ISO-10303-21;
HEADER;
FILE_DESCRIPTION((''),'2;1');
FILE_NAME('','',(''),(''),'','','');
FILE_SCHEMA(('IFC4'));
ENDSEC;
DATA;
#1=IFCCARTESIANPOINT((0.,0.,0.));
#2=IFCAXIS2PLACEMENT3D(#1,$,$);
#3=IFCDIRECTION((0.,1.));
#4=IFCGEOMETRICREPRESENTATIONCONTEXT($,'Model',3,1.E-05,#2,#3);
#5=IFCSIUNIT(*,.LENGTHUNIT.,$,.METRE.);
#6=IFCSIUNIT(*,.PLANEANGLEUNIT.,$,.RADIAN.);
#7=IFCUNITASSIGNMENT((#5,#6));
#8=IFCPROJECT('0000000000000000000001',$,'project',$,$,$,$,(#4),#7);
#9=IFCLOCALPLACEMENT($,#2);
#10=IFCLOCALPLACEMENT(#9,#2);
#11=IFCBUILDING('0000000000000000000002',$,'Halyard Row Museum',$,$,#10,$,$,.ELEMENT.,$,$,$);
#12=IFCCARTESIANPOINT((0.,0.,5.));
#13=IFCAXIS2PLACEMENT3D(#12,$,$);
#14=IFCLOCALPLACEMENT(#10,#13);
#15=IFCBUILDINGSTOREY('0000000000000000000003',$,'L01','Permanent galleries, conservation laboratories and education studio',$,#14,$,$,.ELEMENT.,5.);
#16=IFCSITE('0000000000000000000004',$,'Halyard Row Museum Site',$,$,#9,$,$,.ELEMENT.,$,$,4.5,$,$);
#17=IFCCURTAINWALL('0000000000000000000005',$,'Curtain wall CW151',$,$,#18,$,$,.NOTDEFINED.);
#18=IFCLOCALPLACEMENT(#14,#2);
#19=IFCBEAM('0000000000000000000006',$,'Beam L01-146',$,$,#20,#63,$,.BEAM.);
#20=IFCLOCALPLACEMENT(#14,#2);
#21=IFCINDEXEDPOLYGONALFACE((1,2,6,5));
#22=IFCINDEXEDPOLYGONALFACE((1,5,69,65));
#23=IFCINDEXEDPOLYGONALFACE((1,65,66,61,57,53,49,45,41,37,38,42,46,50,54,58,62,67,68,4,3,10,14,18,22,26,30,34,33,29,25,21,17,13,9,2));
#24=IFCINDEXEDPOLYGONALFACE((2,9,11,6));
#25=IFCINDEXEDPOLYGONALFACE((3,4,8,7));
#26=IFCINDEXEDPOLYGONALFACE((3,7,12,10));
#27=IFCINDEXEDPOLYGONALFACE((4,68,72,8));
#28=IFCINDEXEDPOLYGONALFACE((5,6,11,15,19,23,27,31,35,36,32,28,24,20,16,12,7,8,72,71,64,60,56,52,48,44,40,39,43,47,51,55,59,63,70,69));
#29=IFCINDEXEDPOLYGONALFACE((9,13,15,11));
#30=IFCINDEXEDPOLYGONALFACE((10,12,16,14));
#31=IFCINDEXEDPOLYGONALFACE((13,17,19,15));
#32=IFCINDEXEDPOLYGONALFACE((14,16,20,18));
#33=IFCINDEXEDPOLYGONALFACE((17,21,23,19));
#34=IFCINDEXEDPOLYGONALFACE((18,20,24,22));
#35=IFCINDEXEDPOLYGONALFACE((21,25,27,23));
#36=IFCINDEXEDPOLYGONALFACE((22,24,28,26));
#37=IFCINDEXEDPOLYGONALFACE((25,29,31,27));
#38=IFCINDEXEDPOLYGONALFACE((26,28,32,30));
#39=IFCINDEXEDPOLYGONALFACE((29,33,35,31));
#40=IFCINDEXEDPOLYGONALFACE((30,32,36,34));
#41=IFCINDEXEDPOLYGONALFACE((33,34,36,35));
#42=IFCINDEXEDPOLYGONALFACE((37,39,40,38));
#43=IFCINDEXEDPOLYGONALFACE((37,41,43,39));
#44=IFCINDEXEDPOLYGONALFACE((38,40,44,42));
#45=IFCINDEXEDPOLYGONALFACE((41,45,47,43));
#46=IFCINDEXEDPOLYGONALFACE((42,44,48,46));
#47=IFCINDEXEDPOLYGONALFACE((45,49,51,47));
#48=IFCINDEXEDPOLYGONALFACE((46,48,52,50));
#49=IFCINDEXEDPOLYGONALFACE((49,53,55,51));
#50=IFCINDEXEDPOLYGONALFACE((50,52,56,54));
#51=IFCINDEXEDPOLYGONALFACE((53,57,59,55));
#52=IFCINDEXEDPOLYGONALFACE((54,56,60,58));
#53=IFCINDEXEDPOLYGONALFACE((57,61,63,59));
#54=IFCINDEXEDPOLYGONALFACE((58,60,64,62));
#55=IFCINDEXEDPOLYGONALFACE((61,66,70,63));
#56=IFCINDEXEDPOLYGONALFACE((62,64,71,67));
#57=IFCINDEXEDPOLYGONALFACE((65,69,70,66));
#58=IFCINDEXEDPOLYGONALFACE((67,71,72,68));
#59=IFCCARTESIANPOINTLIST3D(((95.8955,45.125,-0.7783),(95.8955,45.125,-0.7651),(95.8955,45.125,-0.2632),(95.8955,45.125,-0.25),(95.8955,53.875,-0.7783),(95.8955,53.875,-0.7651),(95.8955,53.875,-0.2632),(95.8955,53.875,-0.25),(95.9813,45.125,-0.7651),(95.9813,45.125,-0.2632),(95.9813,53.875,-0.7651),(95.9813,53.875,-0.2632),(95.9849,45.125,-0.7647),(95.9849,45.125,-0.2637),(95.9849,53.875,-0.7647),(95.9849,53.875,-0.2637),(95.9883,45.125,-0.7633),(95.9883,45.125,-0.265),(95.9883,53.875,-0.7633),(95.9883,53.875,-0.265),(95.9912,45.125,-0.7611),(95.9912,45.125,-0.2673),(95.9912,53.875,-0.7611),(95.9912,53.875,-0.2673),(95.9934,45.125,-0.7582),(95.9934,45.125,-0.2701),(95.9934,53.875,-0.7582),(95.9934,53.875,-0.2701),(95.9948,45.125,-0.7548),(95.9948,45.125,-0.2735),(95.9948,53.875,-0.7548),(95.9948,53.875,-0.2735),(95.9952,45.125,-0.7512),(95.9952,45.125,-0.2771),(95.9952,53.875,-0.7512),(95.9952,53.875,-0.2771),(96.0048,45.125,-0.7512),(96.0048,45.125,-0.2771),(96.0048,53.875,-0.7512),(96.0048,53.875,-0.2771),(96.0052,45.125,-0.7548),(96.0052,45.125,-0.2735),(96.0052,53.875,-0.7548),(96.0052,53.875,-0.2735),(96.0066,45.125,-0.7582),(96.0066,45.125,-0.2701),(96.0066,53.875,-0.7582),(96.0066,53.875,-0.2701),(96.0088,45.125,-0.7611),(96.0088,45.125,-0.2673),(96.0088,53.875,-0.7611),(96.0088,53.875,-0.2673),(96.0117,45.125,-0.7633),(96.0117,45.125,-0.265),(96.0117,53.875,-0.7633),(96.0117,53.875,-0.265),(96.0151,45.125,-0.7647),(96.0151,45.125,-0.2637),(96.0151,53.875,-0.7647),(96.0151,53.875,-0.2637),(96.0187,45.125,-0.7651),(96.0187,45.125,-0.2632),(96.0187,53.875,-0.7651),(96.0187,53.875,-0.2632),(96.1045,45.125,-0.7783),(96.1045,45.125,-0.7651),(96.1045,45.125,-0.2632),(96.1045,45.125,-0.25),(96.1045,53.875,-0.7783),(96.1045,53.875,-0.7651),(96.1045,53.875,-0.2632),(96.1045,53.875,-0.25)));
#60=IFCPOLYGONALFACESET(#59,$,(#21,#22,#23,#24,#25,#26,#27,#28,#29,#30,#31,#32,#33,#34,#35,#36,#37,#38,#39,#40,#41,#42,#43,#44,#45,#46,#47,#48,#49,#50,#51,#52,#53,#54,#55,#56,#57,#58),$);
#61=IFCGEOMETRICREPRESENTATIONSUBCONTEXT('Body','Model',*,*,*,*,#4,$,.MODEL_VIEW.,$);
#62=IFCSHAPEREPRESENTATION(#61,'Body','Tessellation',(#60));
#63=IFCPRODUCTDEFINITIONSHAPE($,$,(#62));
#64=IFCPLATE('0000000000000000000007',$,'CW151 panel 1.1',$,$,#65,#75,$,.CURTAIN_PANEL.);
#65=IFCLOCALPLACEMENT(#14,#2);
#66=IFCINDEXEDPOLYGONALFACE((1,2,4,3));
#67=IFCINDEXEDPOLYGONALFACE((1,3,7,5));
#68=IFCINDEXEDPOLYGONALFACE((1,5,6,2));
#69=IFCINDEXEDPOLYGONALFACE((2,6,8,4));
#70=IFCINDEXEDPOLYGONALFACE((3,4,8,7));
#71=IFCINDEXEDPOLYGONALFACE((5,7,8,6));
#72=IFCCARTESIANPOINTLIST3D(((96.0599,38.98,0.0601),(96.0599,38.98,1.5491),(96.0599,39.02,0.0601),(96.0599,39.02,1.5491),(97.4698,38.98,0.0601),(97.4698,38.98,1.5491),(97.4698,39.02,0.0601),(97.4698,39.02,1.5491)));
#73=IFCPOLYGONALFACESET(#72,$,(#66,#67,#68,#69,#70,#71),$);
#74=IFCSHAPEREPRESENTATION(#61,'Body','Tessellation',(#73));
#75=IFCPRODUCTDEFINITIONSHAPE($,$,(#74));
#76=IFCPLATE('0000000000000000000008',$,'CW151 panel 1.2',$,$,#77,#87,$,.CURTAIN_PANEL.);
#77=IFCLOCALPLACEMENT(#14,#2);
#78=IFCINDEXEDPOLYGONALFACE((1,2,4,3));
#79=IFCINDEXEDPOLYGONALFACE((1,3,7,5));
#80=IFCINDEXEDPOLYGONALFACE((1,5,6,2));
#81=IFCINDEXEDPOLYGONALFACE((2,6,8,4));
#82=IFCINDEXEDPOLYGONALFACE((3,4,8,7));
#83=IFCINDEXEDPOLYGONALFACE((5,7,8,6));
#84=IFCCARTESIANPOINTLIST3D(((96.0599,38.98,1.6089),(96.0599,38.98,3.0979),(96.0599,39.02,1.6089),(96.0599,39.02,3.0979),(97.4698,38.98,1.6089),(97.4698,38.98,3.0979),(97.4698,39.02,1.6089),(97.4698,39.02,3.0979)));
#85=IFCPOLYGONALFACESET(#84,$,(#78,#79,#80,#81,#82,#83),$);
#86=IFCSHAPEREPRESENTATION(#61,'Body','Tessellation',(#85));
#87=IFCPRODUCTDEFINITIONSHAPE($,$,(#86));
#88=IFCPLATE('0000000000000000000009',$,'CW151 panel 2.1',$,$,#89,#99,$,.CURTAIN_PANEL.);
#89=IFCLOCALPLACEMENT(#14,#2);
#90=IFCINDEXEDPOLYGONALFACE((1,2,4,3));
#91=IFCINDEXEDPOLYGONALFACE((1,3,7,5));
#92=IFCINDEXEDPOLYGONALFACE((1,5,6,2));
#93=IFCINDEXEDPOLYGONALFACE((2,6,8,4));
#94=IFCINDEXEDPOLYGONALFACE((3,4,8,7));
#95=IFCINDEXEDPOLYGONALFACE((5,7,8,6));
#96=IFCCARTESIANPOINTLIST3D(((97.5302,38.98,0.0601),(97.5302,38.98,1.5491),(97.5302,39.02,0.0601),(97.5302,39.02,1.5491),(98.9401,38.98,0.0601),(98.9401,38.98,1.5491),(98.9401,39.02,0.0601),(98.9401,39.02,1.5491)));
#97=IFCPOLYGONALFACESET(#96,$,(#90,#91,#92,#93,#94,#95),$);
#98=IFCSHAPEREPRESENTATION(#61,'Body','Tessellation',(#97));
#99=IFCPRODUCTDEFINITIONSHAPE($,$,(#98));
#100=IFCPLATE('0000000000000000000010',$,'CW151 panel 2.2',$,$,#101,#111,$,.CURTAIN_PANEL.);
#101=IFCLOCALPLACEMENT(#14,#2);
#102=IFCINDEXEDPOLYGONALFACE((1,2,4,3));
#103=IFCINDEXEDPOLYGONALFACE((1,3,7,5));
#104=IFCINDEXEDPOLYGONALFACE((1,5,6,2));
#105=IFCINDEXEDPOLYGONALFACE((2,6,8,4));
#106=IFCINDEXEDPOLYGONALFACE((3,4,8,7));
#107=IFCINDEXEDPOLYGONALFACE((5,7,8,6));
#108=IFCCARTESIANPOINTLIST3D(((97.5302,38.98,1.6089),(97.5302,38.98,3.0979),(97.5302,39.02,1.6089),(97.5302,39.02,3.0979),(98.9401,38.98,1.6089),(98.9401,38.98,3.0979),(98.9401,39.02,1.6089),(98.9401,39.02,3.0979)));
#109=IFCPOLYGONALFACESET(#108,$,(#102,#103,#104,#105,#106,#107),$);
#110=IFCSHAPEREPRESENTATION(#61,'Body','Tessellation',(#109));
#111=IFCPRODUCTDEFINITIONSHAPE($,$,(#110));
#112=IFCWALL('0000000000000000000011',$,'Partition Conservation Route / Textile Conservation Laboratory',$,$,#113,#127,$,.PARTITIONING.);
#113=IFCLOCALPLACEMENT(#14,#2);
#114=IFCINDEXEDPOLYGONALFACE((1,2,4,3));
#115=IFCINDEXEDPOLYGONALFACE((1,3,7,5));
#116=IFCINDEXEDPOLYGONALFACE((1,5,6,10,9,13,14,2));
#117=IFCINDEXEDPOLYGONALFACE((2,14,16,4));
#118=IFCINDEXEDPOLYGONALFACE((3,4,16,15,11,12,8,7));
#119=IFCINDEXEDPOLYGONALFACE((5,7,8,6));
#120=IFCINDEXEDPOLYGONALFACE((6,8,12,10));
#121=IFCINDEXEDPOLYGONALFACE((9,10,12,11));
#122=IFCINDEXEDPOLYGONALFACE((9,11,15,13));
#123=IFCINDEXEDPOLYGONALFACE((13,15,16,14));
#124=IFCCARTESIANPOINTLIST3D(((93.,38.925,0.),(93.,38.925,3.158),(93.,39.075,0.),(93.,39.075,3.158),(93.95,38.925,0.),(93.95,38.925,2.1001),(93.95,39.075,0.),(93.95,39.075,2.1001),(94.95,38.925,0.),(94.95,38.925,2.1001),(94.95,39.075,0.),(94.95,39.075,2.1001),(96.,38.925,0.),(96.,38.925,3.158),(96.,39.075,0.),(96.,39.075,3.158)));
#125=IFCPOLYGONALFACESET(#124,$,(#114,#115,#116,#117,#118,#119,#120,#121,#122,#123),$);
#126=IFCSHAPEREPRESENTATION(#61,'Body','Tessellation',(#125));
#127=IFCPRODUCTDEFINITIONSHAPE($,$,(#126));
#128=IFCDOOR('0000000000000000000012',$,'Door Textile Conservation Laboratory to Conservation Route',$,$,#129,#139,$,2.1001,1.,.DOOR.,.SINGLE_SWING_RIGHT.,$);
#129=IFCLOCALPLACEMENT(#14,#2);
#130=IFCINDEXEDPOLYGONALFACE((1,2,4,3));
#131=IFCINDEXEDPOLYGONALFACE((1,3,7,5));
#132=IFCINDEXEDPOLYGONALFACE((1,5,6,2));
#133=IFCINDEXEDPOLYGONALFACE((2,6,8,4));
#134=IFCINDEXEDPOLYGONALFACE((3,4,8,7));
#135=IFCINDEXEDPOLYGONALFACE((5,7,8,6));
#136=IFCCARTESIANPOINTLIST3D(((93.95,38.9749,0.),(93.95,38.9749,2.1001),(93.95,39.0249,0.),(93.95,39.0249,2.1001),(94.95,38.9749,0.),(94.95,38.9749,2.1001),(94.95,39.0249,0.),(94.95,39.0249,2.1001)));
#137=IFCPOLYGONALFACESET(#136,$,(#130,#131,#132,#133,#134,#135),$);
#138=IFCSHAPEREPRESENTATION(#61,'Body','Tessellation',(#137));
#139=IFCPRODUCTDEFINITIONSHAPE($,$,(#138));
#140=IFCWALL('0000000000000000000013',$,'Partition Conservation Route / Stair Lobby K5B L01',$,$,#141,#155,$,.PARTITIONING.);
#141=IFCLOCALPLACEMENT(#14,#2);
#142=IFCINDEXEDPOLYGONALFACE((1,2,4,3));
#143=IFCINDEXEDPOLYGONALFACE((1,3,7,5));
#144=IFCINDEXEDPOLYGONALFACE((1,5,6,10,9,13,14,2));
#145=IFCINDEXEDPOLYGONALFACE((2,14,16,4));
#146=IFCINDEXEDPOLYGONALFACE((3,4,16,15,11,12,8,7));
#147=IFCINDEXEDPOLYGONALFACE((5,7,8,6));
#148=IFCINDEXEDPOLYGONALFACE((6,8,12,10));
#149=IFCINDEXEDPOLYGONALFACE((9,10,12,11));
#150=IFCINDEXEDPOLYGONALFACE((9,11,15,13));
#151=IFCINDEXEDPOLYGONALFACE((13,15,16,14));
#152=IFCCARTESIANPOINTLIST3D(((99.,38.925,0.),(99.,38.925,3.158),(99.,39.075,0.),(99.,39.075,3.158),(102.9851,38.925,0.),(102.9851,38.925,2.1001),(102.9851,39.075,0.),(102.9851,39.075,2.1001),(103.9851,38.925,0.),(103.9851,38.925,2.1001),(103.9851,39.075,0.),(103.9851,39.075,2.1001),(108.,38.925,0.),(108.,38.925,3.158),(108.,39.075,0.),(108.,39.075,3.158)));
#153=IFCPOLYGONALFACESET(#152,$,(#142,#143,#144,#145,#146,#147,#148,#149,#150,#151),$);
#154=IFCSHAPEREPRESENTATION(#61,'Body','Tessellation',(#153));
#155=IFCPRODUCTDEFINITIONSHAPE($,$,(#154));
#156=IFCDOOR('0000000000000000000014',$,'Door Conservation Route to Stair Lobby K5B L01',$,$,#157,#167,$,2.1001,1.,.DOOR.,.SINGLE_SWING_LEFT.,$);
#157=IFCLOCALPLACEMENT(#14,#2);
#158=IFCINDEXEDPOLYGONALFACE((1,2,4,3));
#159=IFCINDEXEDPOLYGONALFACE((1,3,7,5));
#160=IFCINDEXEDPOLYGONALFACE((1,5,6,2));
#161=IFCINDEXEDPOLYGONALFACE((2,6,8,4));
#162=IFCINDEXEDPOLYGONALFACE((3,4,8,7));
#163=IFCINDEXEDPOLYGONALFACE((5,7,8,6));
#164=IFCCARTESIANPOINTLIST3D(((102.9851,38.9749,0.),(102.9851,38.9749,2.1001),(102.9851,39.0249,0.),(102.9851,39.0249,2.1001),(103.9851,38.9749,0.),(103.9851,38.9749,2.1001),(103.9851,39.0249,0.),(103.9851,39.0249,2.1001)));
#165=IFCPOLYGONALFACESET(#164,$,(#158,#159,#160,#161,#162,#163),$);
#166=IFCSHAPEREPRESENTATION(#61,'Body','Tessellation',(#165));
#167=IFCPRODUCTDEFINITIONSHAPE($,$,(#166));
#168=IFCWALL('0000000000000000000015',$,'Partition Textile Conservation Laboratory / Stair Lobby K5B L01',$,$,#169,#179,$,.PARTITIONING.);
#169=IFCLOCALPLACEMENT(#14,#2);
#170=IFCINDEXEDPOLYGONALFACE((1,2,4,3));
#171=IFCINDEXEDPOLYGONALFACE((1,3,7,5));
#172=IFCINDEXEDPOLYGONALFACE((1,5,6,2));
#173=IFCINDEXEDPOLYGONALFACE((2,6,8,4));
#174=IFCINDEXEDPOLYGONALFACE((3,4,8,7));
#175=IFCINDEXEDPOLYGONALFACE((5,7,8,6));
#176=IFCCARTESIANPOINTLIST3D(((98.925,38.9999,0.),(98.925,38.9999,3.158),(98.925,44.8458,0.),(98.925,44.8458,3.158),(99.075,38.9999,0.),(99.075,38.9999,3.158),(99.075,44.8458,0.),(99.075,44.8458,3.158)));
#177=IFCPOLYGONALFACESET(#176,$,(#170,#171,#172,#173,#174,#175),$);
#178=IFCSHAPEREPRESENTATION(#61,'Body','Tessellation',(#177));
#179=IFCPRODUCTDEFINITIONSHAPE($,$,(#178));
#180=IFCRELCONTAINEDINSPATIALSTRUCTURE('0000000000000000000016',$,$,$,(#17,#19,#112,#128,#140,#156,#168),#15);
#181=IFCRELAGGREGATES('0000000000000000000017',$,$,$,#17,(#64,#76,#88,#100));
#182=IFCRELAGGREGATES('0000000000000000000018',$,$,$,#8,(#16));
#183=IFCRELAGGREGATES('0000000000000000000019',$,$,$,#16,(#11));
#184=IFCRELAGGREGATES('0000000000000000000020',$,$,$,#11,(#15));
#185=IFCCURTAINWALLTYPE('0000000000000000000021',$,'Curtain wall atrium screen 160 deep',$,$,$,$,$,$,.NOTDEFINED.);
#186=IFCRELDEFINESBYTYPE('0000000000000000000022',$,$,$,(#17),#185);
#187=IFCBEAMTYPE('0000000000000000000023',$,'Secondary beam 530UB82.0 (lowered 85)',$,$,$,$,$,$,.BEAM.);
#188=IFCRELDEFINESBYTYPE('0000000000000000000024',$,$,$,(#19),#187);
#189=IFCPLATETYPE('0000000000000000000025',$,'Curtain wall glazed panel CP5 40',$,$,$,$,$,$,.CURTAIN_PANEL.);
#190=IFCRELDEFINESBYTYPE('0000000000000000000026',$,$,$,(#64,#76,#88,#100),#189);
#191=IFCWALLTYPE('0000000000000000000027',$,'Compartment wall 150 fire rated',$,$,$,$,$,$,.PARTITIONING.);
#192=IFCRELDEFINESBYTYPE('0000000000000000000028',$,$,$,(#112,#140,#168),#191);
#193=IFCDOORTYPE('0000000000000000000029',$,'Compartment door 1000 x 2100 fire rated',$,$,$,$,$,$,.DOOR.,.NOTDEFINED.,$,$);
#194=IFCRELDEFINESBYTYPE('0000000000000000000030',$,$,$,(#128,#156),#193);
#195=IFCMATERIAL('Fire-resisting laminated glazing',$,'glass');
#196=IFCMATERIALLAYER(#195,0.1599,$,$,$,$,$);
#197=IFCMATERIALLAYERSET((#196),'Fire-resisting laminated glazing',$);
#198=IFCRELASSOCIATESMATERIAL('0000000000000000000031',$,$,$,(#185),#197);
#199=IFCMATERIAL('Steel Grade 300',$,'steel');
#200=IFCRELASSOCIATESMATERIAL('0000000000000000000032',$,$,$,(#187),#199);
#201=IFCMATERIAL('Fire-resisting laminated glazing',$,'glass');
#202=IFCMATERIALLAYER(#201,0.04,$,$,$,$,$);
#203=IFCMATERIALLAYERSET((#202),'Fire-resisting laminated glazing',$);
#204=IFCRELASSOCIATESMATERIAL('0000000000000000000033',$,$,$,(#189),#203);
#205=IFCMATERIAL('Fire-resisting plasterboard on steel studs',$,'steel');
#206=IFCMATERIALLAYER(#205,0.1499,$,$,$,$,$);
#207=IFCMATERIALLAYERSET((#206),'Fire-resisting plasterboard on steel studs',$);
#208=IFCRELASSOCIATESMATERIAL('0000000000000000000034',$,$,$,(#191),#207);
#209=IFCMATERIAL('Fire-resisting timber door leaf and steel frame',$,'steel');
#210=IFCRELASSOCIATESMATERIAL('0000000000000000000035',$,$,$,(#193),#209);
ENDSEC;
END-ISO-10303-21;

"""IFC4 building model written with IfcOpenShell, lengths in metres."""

from ifc_helpers import new_model, si_unit, direction, frame, frame_2d, origin, origin_2d, place, context, subcontext, project, spatial, rectangle, i_section, extrude, material, layer, layer_set, material_profile, profile_set, type_object, element, fill, aggregate, save


model = new_model("IFC4")

# Units and contexts
model_context = context("Model", 3, precision=1e-05, world=origin(), true_north=direction((0.0, 1.0)))
body_context = subcontext(model_context, "Body", "Model", "MODEL_VIEW")
ifc_project = project(units=[si_unit("LENGTHUNIT", "METRE"), si_unit("PLANEANGLEUNIT", "RADIAN")], contexts=[model_context])

# Site, building, storey
site_placement = place(None, origin())
site = spatial("IfcSite", under=ifc_project, at=site_placement, Name="Halyard Row Museum Site", CompositionType="ELEMENT", RefElevation=4.5)
building_placement = place(site_placement, origin())
building = spatial("IfcBuilding", under=site, at=building_placement, Name="Halyard Row Museum", CompositionType="ELEMENT")
storey_placement = place(building_placement, frame((0.0, 0.0, 5.0)))
storey = spatial("IfcBuildingStorey", under=building, at=storey_placement, Name="L01", Description="Permanent galleries, conservation laboratories and education studio", CompositionType="ELEMENT", Elevation=5.0)

# Curtain wall
ifc_material_1 = material(Name="Fire-resisting laminated glazing", Category="glass")
ifc_layer_1 = layer(ifc_material_1, 0.1599)
ifc_layer_set_1 = layer_set([ifc_layer_1], Name="Fire-resisting laminated glazing")
curtain_wall_type = type_object("IfcCurtainWallType", Name="Curtain wall atrium screen 160 deep", PredefinedType="NOTDEFINED", material=ifc_layer_set_1)
curtain_wall_1_placement = place(storey_placement, origin())
curtain_wall_1 = element("IfcCurtainWall", 1, at=curtain_wall_1_placement, inside=storey, type_object=curtain_wall_type, Name="Curtain wall CW151", PredefinedType="NOTDEFINED")

# Beam
ifc_material_2 = material(Name="Steel Grade 300", Category="steel")
ifc_material_profile_1 = material_profile(ifc_material_2, i_section(OverallWidth=0.209, OverallDepth=0.5283, WebThickness=0.0095, FlangeThickness=0.0132, FilletRadius=0.0139, at=origin_2d()), Name="530UB82.0")
ifc_profile_set_1 = profile_set([ifc_material_profile_1], Name="Steel Grade 300")
beam_type_1 = type_object("IfcBeamType", Name="Secondary beam 530UB82.0 (lowered 85)", PredefinedType="BEAM", material=ifc_profile_set_1)
for number, where, z_axis, x_axis, name in (
    (2, (96.0, 45.125, -0.5142), (0.0, 1.0, 0.0), (-1.0, 0.0, 0.0), "Beam L01-146"),
):
    element("IfcBeam", number, at=place(storey_placement, frame(where, z_axis=z_axis, x_axis=x_axis)), inside=storey, type_object=beam_type_1, Name=name, PredefinedType="BEAM", context=body_context, shape_type="SweptSolid", body=[
        extrude(i_section(OverallWidth=0.209, OverallDepth=0.5283, WebThickness=0.0095, FlangeThickness=0.0132, FilletRadius=0.0139, at=origin_2d()), origin(), (0.0, 0.0, 1.0), 8.75),
    ])

# Plates
ifc_material_3 = material(Name="Fire-resisting laminated glazing", Category="glass")
ifc_layer_2 = layer(ifc_material_3, 0.04)
ifc_layer_set_2 = layer_set([ifc_layer_2], Name="Fire-resisting laminated glazing")
plate_type = type_object("IfcPlateType", Name="Curtain wall glazed panel CP5 40", PredefinedType="CURTAIN_PANEL", material=ifc_layer_set_2)
plate_1_placement = place(storey_placement, frame((96.7649, 39.0, 0.0601), z_axis=(0.0, 0.0, 1.0), x_axis=(1.0, 0.0, 0.0)))
plate_1 = element("IfcPlate", 3, at=plate_1_placement, type_object=plate_type, Name="CW151 panel 1.1", PredefinedType="CURTAIN_PANEL", context=body_context, shape_type="SweptSolid", body=[
    extrude(rectangle(XDim=1.4099, YDim=0.04, at=origin_2d()), origin(), (0.0, 0.0, 1.0), 1.489),
])
plate_2_placement = place(storey_placement, frame((96.7649, 39.0, 1.6089), z_axis=(0.0, 0.0, 1.0), x_axis=(1.0, 0.0, 0.0)))
plate_2 = element("IfcPlate", 4, at=plate_2_placement, type_object=plate_type, Name="CW151 panel 1.2", PredefinedType="CURTAIN_PANEL", context=body_context, shape_type="SweptSolid", body=[
    extrude(rectangle(XDim=1.4099, YDim=0.04, at=origin_2d()), origin(), (0.0, 0.0, 1.0), 1.489),
])
plate_3_placement = place(storey_placement, frame((98.2351, 39.0, 0.0601), z_axis=(0.0, 0.0, 1.0), x_axis=(1.0, 0.0, 0.0)))
plate_3 = element("IfcPlate", 5, at=plate_3_placement, type_object=plate_type, Name="CW151 panel 2.1", PredefinedType="CURTAIN_PANEL", context=body_context, shape_type="SweptSolid", body=[
    extrude(rectangle(XDim=1.4099, YDim=0.04, at=origin_2d()), origin(), (0.0, 0.0, 1.0), 1.489),
])
plate_4_placement = place(storey_placement, frame((98.2351, 39.0, 1.6089), z_axis=(0.0, 0.0, 1.0), x_axis=(1.0, 0.0, 0.0)))
plate_4 = element("IfcPlate", 6, at=plate_4_placement, type_object=plate_type, Name="CW151 panel 2.2", PredefinedType="CURTAIN_PANEL", context=body_context, shape_type="SweptSolid", body=[
    extrude(rectangle(XDim=1.4099, YDim=0.04, at=origin_2d()), origin(), (0.0, 0.0, 1.0), 1.489),
])
aggregate(curtain_wall_1, [plate_1, plate_2, plate_3, plate_4])

# Walls, openings, doors
ifc_material_4 = material(Name="Fire-resisting plasterboard on steel studs", Category="steel")
ifc_layer_3 = layer(ifc_material_4, 0.1499)
ifc_layer_set_3 = layer_set([ifc_layer_3], Name="Fire-resisting plasterboard on steel studs")
wall_type = type_object("IfcWallType", Name="Compartment wall 150 fire rated", PredefinedType="PARTITIONING", material=ifc_layer_set_3)
wall_1_placement = place(storey_placement, frame((93.0, 39.0, 0.0), z_axis=(0.0, 0.0, 1.0), x_axis=(1.0, 0.0, 0.0)))
wall_1 = element("IfcWall", 7, at=wall_1_placement, inside=storey, type_object=wall_type, Name="Partition Conservation Route / Textile Conservation Laboratory", PredefinedType="PARTITIONING", context=body_context, shape_type="SweptSolid", body=[
    extrude(rectangle(XDim=3.0, YDim=0.1499, at=frame_2d((1.5, 0.0))), origin(), (0.0, 0.0, 1.0), 3.158),
])
opening_1_placement = place(wall_1_placement, frame((0.95, 0.0, 0.0)))
opening_1 = element("IfcOpeningElement", 8, at=opening_1_placement, cuts=wall_1, PredefinedType="OPENING", context=body_context, shape_type="SweptSolid", body=[
    extrude(rectangle(XDim=1.0, YDim=2.1001, at=frame_2d((0.5, 1.05))), frame((0.0, 0.085, 0.0), z_axis=(0.0, -1.0, 0.0), x_axis=(1.0, 0.0, 0.0)), (0.0, 0.0, 1.0), 0.1699),
])
ifc_material_5 = material(Name="Fire-resisting timber door leaf and steel frame", Category="steel")
door_type = type_object("IfcDoorType", Name="Compartment door 1000 x 2100 fire rated", OperationType="NOTDEFINED", PredefinedType="DOOR", material=ifc_material_5)
door_1_placement = place(opening_1_placement, origin())
door_1 = element("IfcDoor", 9, at=door_1_placement, inside=storey, type_object=door_type, Name="Door Textile Conservation Laboratory to Conservation Route", OperationType="SINGLE_SWING_RIGHT", OverallHeight=2.1001, OverallWidth=1.0, PredefinedType="DOOR", context=body_context, shape_type="SweptSolid", body=[
    extrude(rectangle(XDim=1.0, YDim=2.1001, at=frame_2d((0.5, 1.05))), frame((0.0, 0.0249, 0.0), z_axis=(0.0, -1.0, 0.0), x_axis=(1.0, 0.0, 0.0)), (0.0, 0.0, 1.0), 0.05),
])
fill(opening_1, door_1)
wall_2_placement = place(storey_placement, frame((99.0, 39.0, 0.0), z_axis=(0.0, 0.0, 1.0), x_axis=(1.0, 0.0, 0.0)))
wall_2 = element("IfcWall", 10, at=wall_2_placement, inside=storey, type_object=wall_type, Name="Partition Conservation Route / Stair Lobby K5B L01", PredefinedType="PARTITIONING", context=body_context, shape_type="SweptSolid", body=[
    extrude(rectangle(XDim=9.0, YDim=0.1499, at=frame_2d((4.5, 0.0))), origin(), (0.0, 0.0, 1.0), 3.158),
])
opening_2_placement = place(wall_2_placement, frame((3.9851, 0.0, 0.0)))
opening_2 = element("IfcOpeningElement", 11, at=opening_2_placement, cuts=wall_2, PredefinedType="OPENING", context=body_context, shape_type="SweptSolid", body=[
    extrude(rectangle(XDim=1.0, YDim=2.1001, at=frame_2d((0.5, 1.05))), frame((0.0, 0.085, 0.0), z_axis=(0.0, -1.0, 0.0), x_axis=(1.0, 0.0, 0.0)), (0.0, 0.0, 1.0), 0.1699),
])
door_2_placement = place(opening_2_placement, origin())
door_2 = element("IfcDoor", 12, at=door_2_placement, inside=storey, type_object=door_type, Name="Door Conservation Route to Stair Lobby K5B L01", OperationType="SINGLE_SWING_LEFT", OverallHeight=2.1001, OverallWidth=1.0, PredefinedType="DOOR", context=body_context, shape_type="SweptSolid", body=[
    extrude(rectangle(XDim=1.0, YDim=2.1001, at=frame_2d((0.5, 1.05))), frame((0.0, 0.0249, 0.0), z_axis=(0.0, -1.0, 0.0), x_axis=(1.0, 0.0, 0.0)), (0.0, 0.0, 1.0), 0.05),
])
fill(opening_2, door_2)

# Wall
wall_3_placement = place(storey_placement, frame((99.0, 39.0, 0.0), z_axis=(0.0, 0.0, 1.0), x_axis=(0.0, 1.0, 0.0)))
element("IfcWall", 13, at=wall_3_placement, inside=storey, type_object=wall_type, Name="Partition Textile Conservation Laboratory / Stair Lobby K5B L01", PredefinedType="PARTITIONING", context=body_context, shape_type="SweptSolid", body=[
    extrude(rectangle(XDim=5.8459, YDim=0.1499, at=frame_2d((2.9229, 0.0))), origin(), (0.0, 0.0, 1.0), 3.158),
])

save(model, "model.ifc")
